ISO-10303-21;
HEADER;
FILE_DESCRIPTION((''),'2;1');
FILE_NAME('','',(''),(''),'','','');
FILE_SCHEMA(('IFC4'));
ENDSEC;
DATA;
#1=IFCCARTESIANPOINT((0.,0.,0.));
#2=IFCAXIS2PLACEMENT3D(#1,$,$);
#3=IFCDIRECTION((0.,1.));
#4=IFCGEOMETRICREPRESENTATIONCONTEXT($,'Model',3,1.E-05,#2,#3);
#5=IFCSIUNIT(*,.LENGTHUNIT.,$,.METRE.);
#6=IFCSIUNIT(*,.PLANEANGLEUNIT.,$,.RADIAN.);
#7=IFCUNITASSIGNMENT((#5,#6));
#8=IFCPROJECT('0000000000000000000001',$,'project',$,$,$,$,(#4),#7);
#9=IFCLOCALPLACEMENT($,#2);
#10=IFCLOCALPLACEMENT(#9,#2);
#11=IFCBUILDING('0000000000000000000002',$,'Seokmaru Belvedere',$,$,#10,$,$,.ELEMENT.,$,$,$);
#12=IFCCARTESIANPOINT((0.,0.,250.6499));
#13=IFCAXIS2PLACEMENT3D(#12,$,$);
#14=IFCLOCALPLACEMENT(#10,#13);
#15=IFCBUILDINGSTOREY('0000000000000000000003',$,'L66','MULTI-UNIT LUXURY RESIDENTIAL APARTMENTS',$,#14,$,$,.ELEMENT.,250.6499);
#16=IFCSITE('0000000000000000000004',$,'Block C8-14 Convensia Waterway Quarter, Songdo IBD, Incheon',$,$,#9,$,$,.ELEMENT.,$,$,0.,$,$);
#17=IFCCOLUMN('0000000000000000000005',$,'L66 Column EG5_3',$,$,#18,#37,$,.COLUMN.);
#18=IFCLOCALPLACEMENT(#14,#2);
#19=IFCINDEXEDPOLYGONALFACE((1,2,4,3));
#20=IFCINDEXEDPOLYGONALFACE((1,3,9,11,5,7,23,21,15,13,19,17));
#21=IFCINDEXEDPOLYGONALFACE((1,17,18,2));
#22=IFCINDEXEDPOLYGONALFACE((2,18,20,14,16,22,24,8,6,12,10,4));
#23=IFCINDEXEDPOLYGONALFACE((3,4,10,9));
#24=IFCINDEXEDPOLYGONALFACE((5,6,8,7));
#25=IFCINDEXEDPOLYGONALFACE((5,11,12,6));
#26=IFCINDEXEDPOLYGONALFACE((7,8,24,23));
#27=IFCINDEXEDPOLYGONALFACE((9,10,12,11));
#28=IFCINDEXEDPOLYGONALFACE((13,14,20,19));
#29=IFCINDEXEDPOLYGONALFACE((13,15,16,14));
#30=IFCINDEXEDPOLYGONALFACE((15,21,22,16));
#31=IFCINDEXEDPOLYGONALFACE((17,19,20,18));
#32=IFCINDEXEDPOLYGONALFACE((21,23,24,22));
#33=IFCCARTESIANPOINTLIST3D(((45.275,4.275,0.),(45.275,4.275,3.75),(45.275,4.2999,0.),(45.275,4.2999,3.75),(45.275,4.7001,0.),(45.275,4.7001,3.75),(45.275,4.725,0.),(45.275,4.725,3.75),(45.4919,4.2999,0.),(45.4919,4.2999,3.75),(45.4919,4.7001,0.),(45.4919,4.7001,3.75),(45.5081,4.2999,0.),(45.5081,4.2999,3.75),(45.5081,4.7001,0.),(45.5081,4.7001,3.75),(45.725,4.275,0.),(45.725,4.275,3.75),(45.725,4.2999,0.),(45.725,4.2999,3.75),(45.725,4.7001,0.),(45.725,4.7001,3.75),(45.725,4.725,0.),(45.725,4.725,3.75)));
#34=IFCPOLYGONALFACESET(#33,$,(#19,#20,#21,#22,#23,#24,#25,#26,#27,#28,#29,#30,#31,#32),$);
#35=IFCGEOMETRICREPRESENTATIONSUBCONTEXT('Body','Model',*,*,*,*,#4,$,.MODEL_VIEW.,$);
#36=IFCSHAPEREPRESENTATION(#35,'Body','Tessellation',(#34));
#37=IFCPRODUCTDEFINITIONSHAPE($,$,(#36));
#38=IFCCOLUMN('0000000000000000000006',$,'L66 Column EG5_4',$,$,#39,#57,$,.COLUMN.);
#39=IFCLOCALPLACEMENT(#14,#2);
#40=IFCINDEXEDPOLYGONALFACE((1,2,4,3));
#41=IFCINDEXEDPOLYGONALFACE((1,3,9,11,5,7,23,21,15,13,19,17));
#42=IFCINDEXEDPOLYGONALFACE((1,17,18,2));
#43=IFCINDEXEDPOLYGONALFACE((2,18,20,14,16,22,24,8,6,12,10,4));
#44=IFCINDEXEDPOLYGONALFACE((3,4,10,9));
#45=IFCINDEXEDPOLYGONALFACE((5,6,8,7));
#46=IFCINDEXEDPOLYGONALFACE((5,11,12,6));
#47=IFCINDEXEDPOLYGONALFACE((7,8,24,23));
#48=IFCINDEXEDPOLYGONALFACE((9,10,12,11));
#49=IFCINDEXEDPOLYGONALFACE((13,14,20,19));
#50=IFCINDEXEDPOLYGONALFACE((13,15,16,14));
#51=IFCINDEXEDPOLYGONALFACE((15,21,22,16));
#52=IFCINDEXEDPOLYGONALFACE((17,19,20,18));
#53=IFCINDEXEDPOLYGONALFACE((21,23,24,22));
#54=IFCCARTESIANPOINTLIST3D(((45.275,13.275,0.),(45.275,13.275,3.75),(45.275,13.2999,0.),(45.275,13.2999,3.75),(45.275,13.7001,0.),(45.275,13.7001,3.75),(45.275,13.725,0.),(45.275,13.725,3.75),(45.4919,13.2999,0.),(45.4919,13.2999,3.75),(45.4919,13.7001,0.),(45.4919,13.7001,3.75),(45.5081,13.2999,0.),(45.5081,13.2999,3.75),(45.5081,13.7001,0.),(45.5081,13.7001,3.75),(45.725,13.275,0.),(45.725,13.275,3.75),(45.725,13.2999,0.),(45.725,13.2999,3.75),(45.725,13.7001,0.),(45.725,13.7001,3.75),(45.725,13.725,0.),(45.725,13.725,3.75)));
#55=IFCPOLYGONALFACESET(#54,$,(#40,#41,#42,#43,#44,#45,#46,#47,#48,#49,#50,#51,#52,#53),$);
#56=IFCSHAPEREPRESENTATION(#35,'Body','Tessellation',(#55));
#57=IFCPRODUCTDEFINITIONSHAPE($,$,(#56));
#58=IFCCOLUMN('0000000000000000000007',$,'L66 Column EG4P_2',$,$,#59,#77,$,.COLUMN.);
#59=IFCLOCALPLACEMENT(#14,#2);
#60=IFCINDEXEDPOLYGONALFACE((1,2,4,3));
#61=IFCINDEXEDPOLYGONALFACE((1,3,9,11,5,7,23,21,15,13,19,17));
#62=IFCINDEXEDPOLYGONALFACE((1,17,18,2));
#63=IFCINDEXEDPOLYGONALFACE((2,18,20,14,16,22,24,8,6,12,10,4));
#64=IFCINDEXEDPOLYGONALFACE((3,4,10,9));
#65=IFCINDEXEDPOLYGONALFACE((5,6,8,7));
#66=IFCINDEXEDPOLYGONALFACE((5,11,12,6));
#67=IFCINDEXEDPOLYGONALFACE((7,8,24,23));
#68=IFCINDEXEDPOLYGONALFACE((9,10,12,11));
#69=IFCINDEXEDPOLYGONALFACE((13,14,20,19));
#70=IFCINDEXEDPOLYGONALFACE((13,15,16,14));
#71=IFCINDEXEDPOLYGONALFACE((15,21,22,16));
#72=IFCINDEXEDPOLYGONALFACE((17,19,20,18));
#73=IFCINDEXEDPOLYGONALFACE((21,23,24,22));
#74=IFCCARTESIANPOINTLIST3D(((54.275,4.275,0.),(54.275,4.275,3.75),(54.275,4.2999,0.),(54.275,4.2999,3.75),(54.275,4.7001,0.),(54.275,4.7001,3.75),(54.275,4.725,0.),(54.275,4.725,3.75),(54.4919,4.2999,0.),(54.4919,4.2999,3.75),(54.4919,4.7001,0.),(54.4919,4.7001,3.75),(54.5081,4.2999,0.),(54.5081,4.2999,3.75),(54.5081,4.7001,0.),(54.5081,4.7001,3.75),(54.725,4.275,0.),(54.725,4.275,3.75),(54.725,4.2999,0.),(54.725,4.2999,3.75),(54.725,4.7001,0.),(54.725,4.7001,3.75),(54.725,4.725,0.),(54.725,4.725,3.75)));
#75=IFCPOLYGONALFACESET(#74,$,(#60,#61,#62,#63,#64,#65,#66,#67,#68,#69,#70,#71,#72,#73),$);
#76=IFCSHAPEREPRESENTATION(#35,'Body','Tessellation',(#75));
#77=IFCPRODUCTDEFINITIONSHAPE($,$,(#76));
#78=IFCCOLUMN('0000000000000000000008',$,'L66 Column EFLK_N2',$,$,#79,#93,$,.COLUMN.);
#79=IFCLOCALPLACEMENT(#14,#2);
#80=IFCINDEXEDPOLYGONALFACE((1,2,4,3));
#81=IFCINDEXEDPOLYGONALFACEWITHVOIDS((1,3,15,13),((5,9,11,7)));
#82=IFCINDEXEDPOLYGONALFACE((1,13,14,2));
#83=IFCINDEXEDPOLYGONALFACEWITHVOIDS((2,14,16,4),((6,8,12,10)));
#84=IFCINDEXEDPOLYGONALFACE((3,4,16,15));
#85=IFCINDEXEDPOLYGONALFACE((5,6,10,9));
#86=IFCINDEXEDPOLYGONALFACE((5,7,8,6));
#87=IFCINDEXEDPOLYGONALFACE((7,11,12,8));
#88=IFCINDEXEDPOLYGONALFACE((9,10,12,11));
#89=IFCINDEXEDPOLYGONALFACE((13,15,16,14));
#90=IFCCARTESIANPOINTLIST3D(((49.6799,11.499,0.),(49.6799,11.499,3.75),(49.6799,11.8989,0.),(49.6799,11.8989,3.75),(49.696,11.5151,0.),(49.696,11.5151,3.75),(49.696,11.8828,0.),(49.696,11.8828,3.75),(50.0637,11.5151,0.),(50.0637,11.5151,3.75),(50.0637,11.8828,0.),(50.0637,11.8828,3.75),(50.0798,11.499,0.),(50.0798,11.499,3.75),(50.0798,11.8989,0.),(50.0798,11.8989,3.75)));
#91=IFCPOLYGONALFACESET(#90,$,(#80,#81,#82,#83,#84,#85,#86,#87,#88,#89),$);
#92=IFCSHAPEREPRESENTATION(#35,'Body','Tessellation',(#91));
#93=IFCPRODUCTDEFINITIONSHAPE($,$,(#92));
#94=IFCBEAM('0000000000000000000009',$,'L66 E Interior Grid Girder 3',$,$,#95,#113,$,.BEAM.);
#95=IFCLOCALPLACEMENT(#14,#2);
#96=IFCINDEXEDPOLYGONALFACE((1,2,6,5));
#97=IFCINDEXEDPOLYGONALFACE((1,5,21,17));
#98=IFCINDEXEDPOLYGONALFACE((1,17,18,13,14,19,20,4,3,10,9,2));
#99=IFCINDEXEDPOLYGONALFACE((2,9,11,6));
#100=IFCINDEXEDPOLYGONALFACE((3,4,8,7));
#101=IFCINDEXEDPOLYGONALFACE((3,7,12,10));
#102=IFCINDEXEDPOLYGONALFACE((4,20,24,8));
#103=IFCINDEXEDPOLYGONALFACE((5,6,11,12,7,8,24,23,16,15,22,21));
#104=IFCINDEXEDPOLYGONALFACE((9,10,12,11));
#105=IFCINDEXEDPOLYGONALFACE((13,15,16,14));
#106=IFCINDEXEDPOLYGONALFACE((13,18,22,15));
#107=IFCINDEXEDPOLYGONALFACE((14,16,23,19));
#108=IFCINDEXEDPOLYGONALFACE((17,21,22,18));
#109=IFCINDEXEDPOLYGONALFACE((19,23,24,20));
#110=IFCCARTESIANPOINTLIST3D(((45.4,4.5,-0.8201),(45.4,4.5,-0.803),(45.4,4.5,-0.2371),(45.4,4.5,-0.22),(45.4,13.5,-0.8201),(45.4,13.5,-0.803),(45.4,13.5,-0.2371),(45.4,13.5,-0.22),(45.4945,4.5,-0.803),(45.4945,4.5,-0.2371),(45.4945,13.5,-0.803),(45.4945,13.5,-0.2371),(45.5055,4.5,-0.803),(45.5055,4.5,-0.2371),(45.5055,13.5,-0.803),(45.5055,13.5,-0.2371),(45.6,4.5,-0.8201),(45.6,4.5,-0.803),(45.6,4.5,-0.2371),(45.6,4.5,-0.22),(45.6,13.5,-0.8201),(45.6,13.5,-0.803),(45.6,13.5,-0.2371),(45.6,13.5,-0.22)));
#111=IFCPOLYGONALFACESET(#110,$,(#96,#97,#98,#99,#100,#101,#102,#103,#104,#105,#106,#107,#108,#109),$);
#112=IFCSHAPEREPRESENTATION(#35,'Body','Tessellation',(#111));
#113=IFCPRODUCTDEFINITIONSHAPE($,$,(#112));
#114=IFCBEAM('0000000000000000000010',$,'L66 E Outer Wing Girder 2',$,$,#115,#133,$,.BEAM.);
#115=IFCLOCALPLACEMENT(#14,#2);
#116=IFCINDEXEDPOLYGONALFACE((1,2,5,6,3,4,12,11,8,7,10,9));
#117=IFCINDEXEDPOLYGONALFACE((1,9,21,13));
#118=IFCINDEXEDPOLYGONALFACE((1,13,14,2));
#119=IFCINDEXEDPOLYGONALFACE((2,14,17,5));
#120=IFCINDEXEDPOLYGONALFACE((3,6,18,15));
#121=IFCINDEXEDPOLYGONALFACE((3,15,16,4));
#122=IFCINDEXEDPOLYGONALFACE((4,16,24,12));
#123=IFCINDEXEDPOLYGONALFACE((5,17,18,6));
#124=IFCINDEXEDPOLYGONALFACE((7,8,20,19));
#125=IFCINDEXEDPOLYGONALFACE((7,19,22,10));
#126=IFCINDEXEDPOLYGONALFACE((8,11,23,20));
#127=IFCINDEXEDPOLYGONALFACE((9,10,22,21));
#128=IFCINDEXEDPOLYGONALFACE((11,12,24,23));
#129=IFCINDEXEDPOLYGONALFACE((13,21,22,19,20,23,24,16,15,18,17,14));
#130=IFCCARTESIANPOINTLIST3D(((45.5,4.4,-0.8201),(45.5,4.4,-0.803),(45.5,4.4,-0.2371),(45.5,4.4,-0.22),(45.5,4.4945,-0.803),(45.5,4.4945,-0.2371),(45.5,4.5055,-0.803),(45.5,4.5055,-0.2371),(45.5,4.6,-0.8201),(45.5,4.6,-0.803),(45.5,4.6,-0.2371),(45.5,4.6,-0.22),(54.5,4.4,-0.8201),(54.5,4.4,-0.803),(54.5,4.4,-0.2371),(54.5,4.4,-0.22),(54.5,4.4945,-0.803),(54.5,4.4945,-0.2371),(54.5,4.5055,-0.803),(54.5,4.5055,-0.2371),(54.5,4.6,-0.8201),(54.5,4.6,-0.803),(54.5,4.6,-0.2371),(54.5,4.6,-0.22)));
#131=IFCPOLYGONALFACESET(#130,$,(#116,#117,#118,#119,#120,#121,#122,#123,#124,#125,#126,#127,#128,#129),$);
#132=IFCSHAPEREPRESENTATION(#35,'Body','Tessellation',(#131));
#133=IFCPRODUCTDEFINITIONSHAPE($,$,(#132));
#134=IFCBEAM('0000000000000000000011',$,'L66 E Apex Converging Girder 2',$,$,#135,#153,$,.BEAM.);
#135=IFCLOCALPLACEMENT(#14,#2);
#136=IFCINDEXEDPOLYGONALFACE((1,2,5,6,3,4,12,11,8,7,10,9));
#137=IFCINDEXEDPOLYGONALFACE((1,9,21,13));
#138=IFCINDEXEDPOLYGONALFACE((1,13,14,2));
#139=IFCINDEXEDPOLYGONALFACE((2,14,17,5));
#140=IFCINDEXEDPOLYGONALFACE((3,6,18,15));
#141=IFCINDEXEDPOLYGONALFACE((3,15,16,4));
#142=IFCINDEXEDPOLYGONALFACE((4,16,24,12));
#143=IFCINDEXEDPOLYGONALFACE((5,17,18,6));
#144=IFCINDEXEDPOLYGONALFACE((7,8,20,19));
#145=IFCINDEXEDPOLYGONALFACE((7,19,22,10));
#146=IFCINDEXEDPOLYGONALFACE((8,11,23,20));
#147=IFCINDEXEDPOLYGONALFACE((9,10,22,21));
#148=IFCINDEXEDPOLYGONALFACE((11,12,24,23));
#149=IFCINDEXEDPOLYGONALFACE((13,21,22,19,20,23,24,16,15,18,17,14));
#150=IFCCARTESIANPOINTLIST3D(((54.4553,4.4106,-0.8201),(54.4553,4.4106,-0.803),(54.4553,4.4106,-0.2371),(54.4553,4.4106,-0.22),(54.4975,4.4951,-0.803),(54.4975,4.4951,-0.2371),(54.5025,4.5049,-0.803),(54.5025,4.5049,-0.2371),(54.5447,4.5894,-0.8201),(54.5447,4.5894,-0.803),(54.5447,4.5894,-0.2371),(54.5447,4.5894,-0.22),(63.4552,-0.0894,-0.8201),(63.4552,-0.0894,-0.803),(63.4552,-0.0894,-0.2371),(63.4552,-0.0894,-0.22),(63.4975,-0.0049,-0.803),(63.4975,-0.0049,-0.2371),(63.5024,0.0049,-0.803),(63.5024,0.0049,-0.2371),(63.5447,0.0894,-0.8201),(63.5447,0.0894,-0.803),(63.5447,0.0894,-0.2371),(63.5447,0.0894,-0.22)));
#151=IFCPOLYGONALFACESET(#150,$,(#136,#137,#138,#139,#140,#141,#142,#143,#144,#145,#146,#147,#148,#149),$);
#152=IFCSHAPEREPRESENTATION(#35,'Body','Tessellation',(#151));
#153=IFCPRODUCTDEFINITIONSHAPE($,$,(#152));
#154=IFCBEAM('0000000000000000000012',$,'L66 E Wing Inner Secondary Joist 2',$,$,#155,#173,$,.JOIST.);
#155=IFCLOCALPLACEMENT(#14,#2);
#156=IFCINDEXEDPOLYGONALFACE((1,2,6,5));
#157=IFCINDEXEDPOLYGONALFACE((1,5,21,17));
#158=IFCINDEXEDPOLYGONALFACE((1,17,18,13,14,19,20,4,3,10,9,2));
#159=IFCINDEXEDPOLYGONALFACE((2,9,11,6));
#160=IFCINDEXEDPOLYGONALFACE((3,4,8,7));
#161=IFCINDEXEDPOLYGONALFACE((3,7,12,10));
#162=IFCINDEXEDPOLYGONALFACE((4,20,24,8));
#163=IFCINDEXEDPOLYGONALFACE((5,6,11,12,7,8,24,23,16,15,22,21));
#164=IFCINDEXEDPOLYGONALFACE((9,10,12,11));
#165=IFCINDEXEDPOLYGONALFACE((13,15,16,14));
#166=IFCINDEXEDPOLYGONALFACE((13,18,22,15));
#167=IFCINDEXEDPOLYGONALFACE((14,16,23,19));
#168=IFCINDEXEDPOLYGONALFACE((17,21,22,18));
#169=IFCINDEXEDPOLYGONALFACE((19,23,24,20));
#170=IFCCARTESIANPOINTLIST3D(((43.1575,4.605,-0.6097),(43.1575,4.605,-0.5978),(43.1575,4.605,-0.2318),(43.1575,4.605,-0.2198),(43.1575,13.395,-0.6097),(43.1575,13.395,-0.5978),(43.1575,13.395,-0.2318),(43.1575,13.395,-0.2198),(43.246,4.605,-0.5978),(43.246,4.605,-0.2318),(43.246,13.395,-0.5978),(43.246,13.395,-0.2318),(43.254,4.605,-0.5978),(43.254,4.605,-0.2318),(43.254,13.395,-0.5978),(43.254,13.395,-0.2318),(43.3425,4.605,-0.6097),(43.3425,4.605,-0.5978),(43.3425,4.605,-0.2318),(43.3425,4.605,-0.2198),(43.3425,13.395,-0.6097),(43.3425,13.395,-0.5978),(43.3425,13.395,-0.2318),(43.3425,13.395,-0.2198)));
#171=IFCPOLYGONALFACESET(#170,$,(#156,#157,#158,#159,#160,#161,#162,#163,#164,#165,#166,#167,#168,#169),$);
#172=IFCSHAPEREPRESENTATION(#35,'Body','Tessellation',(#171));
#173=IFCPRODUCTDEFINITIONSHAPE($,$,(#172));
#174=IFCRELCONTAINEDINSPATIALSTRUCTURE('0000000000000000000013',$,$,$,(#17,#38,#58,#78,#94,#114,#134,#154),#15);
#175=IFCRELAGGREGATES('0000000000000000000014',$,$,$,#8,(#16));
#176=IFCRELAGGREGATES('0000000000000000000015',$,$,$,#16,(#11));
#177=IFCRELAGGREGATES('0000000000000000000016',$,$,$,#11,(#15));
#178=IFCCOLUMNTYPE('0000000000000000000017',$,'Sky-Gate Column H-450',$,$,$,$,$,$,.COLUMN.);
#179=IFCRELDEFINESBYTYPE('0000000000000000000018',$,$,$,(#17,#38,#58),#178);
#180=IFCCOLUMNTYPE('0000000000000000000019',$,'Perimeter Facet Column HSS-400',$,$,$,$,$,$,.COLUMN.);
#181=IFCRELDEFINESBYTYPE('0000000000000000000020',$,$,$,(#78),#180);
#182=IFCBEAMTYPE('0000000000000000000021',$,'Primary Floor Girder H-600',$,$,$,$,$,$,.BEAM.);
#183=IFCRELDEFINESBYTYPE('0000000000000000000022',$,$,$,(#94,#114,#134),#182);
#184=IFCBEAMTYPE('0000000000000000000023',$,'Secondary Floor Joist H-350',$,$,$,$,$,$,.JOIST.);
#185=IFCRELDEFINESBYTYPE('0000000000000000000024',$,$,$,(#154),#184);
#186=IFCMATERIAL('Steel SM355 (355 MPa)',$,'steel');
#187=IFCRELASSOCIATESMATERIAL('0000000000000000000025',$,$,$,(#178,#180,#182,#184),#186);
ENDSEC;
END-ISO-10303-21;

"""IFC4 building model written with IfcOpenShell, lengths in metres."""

from ifc_helpers import new_model, si_unit, direction, frame, origin, origin_2d, place, context, subcontext, project, spatial, hollow_rectangle, i_section, extrude, source, transform, mapped, material, material_profile, profile_set, type_object, type_shapes, element, save


model = new_model("IFC4")

# Units and contexts
model_context = context("Model", 3, precision=1e-05, world=origin(), true_north=direction((0.0, 1.0)))
body_context = subcontext(model_context, "Body", "Model", "MODEL_VIEW")
ifc_project = project(units=[si_unit("LENGTHUNIT", "METRE"), si_unit("PLANEANGLEUNIT", "RADIAN")], contexts=[model_context])

# Site, building, storey
site_placement = place(None, origin())
site = spatial("IfcSite", under=ifc_project, at=site_placement, Name="Block C8-14 Convensia Waterway Quarter, Songdo IBD, Incheon", CompositionType="ELEMENT", RefElevation=0.0)
building_placement = place(site_placement, origin())
building = spatial("IfcBuilding", under=site, at=building_placement, Name="Seokmaru Belvedere", CompositionType="ELEMENT")
storey_placement = place(building_placement, frame((0.0, 0.0, 250.6499)))
storey = spatial("IfcBuildingStorey", under=building, at=storey_placement, Name="L66", Description="MULTI-UNIT LUXURY RESIDENTIAL APARTMENTS", CompositionType="ELEMENT", Elevation=250.6499)

# Columns
ifc_material_1 = material(Name="Steel SM355 (355 MPa)", Category="steel")
ifc_material_profile_1 = material_profile(ifc_material_1, i_section(OverallWidth=0.45, OverallDepth=0.45, WebThickness=0.0161, FlangeThickness=0.0249, at=origin_2d()), Name="H-450x450x16x25")
ifc_profile_set_1 = profile_set([ifc_material_profile_1], Name="Steel SM355 (355 MPa)")
column_type_1 = type_object("IfcColumnType", Name="Sky-Gate Column H-450", PredefinedType="COLUMN", material=ifc_profile_set_1)
shared_shape_1 = source(origin(), body_context, "Body", "SweptSolid", [
    extrude(i_section(OverallWidth=0.45, OverallDepth=0.45, WebThickness=0.0161, FlangeThickness=0.0249, at=origin_2d()), origin(), (0.0, 0.0, 1.0), 3.75),
])
type_shapes(column_type_1, [shared_shape_1])
for number, where, z_axis, x_axis, name in (
    (1, (45.5, 4.5, 0.0), (0.0, 0.0, 1.0), (1.0, 0.0, 0.0), "L66 Column EG5_3"),
    (2, (45.5, 13.5, 0.0), (0.0, 0.0, 1.0), (1.0, 0.0, 0.0), "L66 Column EG5_4"),
    (3, (54.5, 4.5, 0.0), (0.0, 0.0, 1.0), (1.0, 0.0, 0.0), "L66 Column EG4P_2"),
):
    element("IfcColumn", number, at=place(storey_placement, frame(where, z_axis=z_axis, x_axis=x_axis)), inside=storey, type_object=column_type_1, Name=name, PredefinedType="COLUMN", context=body_context, shape_type="MappedRepresentation", body=[
        mapped(shared_shape_1, transform((0.0, 0.0, 0.0), scale=1.0)),
    ])
ifc_material_profile_2 = material_profile(ifc_material_1, hollow_rectangle(XDim=0.3999, YDim=0.3999, WallThickness=0.0161, at=origin_2d()), Name="HSS-400x400x16")
ifc_profile_set_2 = profile_set([ifc_material_profile_2], Name="Steel SM355 (355 MPa)")
column_type_2 = type_object("IfcColumnType", Name="Perimeter Facet Column HSS-400", PredefinedType="COLUMN", material=ifc_profile_set_2)
shared_shape_2 = source(origin(), body_context, "Body", "SweptSolid", [
    extrude(hollow_rectangle(XDim=0.3999, YDim=0.3999, WallThickness=0.0161, at=origin_2d()), origin(), (0.0, 0.0, 1.0), 3.75),
])
type_shapes(column_type_2, [shared_shape_2])
column_placement = place(storey_placement, frame((49.8799, 11.699, 0.0), z_axis=(0.0, 0.0, 1.0), x_axis=(1.0, 0.0, 0.0)))
element("IfcColumn", 4, at=column_placement, inside=storey, type_object=column_type_2, Name="L66 Column EFLK_N2", PredefinedType="COLUMN", context=body_context, shape_type="MappedRepresentation", body=[
    mapped(shared_shape_2, transform((0.0, 0.0, 0.0), scale=1.0)),
])

# Beams
ifc_material_profile_3 = material_profile(ifc_material_1, i_section(OverallWidth=0.2, OverallDepth=0.6001, WebThickness=0.011, FlangeThickness=0.0171, at=origin_2d()), Name="H-600x200x11x17")
ifc_profile_set_3 = profile_set([ifc_material_profile_3], Name="Steel SM355 (355 MPa)")
beam_type_1 = type_object("IfcBeamType", Name="Primary Floor Girder H-600", PredefinedType="BEAM", material=ifc_profile_set_3)
shared_shape_3 = source(origin(), body_context, "Body", "SweptSolid", [
    extrude(i_section(OverallWidth=0.2, OverallDepth=0.6001, WebThickness=0.011, FlangeThickness=0.0171, at=origin_2d()), origin(), (0.0, 0.0, 1.0), 9.0),
])
for number, where, z_axis, x_axis, name in (
    (5, (45.5, 4.5, -0.52), (0.0, 1.0, 0.0), (-1.0, 0.0, 0.0), "L66 E Interior Grid Girder 3"),
    (6, (45.5, 4.5, -0.52), (1.0, 0.0, 0.0), (0.0, 1.0, 0.0), "L66 E Outer Wing Girder 2"),
):
    element("IfcBeam", number, at=place(storey_placement, frame(where, z_axis=z_axis, x_axis=x_axis)), inside=storey, type_object=beam_type_1, Name=name, PredefinedType="BEAM", context=body_context, shape_type="MappedRepresentation", body=[
        mapped(shared_shape_3, transform((0.0, 0.0, 0.0), scale=1.0)),
    ])
shared_shape_4 = source(origin(), body_context, "Body", "SweptSolid", [
    extrude(i_section(OverallWidth=0.2, OverallDepth=0.6001, WebThickness=0.011, FlangeThickness=0.0171, at=origin_2d()), origin(), (0.0, 0.0, 1.0), 10.0623),
])
beam_1_placement = place(storey_placement, frame((54.5, 4.5, -0.52), z_axis=(0.894427, -0.447214, 0.0), x_axis=(0.447214, 0.894427, 0.0)))
element("IfcBeam", 7, at=beam_1_placement, inside=storey, type_object=beam_type_1, Name="L66 E Apex Converging Girder 2", PredefinedType="BEAM", context=body_context, shape_type="MappedRepresentation", body=[
    mapped(shared_shape_4, transform((0.0, 0.0, 0.0), scale=1.0)),
])
ifc_material_profile_4 = material_profile(ifc_material_1, i_section(OverallWidth=0.1851, OverallDepth=0.3899, WebThickness=0.0081, FlangeThickness=0.012, at=origin_2d()), Name="H-390x185x8x12")
ifc_profile_set_4 = profile_set([ifc_material_profile_4], Name="Steel SM355 (355 MPa)")
beam_type_2 = type_object("IfcBeamType", Name="Secondary Floor Joist H-350", PredefinedType="JOIST", material=ifc_profile_set_4)
shared_shape_5 = source(origin(), body_context, "Body", "SweptSolid", [
    extrude(i_section(OverallWidth=0.1851, OverallDepth=0.3899, WebThickness=0.0081, FlangeThickness=0.012, at=origin_2d()), origin(), (0.0, 0.0, 1.0), 8.79),
])
type_shapes(beam_type_2, [shared_shape_5])
beam_2_placement = place(storey_placement, frame((43.25, 4.605, -0.4148), z_axis=(0.0, 1.0, 0.0), x_axis=(-1.0, 0.0, 0.0)))
element("IfcBeam", 8, at=beam_2_placement, inside=storey, type_object=beam_type_2, Name="L66 E Wing Inner Secondary Joist 2", PredefinedType="JOIST", context=body_context, shape_type="MappedRepresentation", body=[
    mapped(shared_shape_5, transform((0.0, 0.0, 0.0), scale=1.0)),
])

save(model, "model.ifc")
